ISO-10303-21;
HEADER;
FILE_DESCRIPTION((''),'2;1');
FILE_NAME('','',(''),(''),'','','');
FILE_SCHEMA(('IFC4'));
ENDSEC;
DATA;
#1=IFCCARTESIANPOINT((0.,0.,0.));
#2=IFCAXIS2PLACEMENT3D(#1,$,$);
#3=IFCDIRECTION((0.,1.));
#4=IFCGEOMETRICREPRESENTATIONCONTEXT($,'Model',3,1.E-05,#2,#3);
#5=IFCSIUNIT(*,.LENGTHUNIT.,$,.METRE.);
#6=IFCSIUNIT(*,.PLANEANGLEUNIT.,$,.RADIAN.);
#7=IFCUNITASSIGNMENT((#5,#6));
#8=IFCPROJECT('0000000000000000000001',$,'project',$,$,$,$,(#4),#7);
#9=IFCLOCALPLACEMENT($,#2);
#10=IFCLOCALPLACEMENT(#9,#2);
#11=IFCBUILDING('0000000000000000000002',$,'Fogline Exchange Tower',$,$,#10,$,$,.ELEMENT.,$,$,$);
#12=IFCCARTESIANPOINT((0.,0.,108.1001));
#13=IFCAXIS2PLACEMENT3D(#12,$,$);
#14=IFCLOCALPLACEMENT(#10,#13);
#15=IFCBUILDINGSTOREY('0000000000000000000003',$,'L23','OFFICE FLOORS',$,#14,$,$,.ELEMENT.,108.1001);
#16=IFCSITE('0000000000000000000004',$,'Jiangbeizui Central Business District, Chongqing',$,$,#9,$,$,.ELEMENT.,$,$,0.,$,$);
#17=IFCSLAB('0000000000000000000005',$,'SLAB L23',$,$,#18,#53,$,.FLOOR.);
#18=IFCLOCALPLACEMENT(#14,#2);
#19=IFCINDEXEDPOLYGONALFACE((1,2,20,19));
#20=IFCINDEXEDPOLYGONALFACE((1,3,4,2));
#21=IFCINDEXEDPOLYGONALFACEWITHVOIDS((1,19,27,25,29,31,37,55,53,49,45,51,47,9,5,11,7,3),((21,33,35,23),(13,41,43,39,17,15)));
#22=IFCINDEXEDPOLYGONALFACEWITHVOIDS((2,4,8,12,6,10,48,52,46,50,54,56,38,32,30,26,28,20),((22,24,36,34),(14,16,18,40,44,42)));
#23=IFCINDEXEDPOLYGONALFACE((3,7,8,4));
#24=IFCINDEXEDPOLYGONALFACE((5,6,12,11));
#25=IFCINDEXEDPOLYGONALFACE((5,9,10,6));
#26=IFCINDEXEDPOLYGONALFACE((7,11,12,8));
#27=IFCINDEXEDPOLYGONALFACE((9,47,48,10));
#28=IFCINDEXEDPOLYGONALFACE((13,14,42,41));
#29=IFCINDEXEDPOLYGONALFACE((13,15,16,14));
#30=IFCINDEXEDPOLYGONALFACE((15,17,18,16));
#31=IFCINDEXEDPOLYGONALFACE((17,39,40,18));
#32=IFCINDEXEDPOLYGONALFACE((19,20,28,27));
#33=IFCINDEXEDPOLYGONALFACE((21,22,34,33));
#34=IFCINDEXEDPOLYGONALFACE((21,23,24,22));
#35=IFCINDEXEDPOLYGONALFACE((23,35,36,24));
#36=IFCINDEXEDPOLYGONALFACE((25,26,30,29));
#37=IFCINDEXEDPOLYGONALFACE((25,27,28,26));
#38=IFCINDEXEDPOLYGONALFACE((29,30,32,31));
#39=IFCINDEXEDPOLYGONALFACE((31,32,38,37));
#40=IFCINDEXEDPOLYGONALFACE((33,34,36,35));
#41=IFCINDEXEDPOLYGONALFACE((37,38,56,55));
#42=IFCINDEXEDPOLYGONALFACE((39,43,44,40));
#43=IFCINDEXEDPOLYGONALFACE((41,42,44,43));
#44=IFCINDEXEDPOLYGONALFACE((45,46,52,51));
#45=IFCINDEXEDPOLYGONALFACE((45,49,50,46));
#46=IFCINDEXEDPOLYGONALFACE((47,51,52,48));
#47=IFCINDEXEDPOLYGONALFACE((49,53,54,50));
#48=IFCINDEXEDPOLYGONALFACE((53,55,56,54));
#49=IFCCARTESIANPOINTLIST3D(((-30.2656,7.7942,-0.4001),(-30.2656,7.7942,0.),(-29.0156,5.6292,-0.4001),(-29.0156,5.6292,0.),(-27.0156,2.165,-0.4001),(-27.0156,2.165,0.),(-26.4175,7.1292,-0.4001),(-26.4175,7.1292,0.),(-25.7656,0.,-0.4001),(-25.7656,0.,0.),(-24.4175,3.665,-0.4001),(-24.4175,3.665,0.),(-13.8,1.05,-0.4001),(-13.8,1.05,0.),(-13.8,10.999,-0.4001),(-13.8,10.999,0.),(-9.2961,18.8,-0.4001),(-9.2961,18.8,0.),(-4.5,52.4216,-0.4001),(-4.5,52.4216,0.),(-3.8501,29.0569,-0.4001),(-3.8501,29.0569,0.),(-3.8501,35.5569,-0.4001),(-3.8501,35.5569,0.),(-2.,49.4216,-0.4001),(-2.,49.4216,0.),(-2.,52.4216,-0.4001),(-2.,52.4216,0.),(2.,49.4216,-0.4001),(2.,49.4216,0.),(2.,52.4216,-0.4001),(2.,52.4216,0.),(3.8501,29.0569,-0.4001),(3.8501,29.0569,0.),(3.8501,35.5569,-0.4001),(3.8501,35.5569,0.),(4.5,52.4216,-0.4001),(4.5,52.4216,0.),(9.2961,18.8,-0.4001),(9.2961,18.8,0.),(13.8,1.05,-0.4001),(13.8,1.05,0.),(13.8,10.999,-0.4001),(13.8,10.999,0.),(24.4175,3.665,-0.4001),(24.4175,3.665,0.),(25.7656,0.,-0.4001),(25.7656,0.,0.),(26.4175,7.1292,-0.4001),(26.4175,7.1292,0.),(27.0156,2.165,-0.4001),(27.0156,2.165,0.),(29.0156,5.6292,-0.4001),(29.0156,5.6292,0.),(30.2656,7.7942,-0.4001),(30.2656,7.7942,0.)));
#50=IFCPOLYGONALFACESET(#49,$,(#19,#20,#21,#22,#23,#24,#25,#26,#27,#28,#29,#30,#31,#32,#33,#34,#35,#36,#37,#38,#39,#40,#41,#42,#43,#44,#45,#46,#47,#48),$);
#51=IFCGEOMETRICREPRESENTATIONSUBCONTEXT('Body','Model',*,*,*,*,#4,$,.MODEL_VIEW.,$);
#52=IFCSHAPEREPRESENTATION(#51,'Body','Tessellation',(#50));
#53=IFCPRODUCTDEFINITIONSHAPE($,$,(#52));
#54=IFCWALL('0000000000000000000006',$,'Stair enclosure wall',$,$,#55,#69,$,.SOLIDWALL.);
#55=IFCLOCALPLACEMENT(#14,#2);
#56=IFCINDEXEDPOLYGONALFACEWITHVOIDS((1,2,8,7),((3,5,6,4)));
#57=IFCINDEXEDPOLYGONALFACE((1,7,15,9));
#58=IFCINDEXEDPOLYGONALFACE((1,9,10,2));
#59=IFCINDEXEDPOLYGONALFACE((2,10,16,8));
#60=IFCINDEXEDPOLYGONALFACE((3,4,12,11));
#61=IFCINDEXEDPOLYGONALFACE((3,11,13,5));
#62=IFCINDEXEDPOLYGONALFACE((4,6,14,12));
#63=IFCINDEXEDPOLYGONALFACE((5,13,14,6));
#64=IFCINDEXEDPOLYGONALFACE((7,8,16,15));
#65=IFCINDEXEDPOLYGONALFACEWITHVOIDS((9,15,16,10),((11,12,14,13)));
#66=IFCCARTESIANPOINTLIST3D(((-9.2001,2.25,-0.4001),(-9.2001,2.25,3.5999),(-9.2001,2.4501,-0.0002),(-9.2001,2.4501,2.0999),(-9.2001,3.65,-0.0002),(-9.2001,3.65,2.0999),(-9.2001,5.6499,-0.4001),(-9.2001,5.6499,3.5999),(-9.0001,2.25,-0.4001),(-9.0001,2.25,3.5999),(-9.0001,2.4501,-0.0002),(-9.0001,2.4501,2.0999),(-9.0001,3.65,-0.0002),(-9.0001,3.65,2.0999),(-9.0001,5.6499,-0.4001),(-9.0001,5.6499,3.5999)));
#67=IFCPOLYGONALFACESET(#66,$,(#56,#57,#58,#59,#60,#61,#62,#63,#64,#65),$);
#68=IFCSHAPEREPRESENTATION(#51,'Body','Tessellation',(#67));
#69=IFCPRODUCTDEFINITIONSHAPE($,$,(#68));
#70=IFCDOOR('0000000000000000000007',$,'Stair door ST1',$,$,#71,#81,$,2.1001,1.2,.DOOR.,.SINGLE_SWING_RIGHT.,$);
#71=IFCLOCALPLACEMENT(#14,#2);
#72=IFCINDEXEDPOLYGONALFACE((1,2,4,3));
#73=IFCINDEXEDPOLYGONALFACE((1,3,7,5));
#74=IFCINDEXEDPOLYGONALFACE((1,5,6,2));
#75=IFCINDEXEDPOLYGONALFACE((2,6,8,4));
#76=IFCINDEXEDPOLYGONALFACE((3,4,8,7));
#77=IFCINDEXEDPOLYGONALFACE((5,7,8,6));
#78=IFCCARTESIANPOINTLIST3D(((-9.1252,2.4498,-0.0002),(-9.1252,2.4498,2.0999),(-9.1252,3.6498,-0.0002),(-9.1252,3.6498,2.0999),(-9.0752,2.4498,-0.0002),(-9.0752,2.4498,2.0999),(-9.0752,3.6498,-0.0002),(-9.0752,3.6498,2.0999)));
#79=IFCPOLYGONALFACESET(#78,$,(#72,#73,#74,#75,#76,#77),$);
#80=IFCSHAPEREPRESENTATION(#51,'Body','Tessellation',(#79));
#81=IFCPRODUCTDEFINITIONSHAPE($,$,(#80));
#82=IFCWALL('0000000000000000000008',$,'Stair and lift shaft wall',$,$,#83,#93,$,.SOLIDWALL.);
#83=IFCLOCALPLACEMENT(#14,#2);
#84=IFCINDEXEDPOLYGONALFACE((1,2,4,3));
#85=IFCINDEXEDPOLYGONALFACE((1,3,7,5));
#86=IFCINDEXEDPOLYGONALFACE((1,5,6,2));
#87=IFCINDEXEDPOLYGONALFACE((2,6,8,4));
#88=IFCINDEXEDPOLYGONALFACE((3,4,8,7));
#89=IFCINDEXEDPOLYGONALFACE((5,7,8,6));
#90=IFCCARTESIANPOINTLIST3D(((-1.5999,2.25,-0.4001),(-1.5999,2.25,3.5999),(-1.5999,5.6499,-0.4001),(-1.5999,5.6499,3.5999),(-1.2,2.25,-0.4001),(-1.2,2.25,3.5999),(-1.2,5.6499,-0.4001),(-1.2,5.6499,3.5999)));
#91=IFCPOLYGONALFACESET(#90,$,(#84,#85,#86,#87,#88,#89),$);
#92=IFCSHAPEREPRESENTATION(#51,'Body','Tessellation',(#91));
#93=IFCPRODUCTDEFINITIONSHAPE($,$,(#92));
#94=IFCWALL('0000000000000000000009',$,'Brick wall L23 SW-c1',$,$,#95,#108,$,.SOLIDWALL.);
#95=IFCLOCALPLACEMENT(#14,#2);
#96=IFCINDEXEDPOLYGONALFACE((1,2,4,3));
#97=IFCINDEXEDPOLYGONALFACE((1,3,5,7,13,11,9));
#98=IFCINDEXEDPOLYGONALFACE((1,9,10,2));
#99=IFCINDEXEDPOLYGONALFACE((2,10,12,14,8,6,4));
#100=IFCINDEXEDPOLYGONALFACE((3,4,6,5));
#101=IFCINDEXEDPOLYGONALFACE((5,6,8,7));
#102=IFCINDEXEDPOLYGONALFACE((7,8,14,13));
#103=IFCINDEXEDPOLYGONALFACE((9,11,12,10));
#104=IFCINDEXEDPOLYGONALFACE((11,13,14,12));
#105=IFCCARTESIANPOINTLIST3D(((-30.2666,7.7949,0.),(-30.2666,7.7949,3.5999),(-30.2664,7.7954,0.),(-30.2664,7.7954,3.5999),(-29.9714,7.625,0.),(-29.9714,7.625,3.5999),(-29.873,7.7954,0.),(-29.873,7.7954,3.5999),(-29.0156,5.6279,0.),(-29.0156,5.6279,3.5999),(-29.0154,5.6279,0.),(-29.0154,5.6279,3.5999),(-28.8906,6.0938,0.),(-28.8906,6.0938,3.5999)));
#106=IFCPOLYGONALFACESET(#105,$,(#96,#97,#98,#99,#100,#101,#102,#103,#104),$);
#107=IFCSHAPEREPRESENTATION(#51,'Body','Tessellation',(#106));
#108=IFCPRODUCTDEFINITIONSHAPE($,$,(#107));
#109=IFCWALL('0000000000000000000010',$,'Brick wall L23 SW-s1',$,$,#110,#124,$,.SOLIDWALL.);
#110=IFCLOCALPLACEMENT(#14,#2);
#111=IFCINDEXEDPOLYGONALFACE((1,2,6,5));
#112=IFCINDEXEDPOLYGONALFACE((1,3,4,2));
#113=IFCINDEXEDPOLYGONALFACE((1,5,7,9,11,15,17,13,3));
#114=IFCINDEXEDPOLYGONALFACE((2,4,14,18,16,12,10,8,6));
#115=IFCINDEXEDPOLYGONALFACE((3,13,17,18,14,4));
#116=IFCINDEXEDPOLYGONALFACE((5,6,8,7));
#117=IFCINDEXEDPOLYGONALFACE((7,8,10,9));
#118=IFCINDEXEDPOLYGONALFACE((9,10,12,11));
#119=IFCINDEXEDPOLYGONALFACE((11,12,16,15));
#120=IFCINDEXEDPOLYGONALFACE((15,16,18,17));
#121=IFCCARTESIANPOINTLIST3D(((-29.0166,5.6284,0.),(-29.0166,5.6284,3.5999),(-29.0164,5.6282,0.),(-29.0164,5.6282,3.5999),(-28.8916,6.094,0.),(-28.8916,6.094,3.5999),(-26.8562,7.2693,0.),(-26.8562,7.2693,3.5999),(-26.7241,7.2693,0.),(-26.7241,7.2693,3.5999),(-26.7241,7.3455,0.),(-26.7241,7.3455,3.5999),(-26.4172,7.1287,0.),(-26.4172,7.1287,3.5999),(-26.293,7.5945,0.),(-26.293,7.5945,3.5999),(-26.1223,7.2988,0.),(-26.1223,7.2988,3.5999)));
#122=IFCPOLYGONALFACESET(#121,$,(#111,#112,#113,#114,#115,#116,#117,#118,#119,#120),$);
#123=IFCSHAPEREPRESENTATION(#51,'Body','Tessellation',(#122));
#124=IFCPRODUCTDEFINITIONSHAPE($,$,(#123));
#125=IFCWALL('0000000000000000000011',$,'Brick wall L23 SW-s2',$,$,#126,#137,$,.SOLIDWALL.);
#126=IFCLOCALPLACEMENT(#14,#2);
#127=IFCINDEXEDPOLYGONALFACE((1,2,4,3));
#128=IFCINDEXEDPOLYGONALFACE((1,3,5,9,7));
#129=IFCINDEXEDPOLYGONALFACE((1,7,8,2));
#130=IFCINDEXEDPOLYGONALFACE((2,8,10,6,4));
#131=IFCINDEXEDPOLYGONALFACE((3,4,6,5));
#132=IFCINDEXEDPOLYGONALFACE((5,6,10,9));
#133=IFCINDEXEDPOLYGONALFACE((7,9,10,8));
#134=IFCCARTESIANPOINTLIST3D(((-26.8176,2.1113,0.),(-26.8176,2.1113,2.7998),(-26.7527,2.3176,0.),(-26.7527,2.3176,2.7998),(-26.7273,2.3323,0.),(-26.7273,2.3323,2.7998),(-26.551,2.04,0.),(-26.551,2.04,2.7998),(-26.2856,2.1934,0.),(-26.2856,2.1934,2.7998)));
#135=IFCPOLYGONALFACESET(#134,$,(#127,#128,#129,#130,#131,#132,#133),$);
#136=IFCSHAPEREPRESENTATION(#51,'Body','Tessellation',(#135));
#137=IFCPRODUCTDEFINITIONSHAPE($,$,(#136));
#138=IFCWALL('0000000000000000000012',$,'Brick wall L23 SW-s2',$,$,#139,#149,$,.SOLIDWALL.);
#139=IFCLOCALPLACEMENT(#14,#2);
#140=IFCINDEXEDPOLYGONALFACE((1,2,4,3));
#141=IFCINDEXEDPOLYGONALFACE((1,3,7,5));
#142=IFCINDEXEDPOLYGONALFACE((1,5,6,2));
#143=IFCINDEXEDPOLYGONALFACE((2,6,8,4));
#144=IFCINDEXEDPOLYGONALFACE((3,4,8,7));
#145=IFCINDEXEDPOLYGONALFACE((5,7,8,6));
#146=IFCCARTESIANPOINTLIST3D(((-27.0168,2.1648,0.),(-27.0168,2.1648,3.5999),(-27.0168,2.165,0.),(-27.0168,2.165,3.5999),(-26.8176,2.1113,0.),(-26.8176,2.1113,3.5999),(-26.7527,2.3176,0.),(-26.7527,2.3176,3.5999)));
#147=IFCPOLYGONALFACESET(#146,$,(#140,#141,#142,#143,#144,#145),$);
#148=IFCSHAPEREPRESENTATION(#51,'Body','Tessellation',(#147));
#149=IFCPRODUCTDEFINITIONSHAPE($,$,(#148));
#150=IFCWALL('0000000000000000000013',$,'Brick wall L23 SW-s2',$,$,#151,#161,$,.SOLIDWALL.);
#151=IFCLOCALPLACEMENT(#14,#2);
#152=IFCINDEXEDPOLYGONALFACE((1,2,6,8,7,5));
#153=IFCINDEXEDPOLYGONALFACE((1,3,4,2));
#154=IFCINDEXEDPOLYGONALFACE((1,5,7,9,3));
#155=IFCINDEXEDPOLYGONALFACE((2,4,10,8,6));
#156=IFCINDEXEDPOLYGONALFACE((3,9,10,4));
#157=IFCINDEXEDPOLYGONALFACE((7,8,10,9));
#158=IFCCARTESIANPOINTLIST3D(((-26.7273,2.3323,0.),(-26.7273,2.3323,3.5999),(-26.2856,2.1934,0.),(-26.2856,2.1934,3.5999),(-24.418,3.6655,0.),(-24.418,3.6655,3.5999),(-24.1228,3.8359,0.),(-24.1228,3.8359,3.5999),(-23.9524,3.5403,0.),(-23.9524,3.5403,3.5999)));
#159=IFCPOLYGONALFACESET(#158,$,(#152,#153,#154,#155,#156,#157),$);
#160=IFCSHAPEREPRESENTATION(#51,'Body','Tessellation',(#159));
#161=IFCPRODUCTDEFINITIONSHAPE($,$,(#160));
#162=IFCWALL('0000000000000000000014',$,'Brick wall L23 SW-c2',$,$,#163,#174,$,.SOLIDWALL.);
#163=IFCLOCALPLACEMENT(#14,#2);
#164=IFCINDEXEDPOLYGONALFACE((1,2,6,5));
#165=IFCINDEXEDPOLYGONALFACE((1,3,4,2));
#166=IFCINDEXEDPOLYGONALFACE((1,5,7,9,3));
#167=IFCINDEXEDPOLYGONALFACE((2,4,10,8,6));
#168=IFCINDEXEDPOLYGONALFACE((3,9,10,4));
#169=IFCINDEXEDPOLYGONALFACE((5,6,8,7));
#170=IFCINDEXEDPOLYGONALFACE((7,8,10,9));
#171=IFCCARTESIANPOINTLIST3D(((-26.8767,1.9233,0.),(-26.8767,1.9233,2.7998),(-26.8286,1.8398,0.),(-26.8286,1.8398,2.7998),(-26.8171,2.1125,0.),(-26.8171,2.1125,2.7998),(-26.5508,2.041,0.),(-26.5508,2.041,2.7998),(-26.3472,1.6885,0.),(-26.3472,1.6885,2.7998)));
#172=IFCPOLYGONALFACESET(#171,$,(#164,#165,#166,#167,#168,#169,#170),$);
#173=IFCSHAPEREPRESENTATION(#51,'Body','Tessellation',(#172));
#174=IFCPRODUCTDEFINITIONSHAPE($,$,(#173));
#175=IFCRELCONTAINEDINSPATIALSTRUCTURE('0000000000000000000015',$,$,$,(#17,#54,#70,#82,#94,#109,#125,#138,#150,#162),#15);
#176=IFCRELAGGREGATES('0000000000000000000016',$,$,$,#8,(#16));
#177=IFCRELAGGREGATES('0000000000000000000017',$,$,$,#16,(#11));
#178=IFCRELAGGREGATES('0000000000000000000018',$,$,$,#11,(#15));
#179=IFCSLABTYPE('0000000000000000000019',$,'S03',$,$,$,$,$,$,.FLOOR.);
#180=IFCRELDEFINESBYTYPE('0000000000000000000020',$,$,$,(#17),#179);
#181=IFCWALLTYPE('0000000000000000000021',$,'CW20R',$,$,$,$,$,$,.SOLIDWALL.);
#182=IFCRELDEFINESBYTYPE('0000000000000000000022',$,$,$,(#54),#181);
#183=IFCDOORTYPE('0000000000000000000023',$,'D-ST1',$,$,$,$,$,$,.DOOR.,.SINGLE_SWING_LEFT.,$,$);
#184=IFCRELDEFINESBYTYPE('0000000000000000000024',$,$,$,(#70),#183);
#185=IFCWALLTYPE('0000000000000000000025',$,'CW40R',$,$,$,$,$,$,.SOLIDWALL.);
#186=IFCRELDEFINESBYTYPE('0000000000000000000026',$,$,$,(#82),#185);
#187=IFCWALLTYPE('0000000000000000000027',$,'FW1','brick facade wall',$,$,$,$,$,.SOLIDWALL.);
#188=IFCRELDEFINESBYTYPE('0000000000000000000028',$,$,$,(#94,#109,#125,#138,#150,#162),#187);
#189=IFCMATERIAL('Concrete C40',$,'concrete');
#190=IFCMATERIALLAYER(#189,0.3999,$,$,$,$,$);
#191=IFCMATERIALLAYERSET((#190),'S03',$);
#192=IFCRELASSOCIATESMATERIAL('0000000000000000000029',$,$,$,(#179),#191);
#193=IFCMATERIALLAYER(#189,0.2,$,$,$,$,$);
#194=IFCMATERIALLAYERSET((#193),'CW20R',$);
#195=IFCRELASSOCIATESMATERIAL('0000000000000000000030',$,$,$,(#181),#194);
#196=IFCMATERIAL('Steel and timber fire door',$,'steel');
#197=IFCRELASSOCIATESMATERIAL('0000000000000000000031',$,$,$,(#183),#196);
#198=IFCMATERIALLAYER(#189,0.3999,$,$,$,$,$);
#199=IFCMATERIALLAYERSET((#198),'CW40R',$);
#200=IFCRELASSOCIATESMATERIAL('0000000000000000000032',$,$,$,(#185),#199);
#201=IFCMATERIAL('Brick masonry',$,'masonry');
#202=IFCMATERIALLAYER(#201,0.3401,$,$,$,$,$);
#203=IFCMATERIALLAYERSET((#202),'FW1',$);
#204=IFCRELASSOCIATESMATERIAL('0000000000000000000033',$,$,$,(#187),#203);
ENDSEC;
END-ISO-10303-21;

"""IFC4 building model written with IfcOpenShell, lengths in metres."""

from ifc_helpers import new_model, si_unit, direction, frame, frame_2d, origin, place, context, subcontext, project, spatial, polyline, rectangle, outline, extrude, material, layer, layer_set, type_object, element, fill, save


model = new_model("IFC4")

# Units and contexts
model_context = context("Model", 3, precision=1e-05, world=origin(), true_north=direction((0.0, 1.0)))
body_context = subcontext(model_context, "Body", "Model", "MODEL_VIEW")
ifc_project = project(units=[si_unit("LENGTHUNIT", "METRE"), si_unit("PLANEANGLEUNIT", "RADIAN")], contexts=[model_context])

# Site, building, storey
site_placement = place(None, origin())
site = spatial("IfcSite", under=ifc_project, at=site_placement, Name="Jiangbeizui Central Business District, Chongqing", CompositionType="ELEMENT", RefElevation=0.0)
building_placement = place(site_placement, origin())
building = spatial("IfcBuilding", under=site, at=building_placement, Name="Fogline Exchange Tower", CompositionType="ELEMENT")
storey_placement = place(building_placement, frame((0.0, 0.0, 108.1001)))
storey = spatial("IfcBuildingStorey", under=building, at=storey_placement, Name="L23", Description="OFFICE FLOORS", CompositionType="ELEMENT", Elevation=108.1001)

# Slab
ifc_material_1 = material(Name="Concrete C40", Category="concrete")
ifc_layer_1 = layer(ifc_material_1, 0.3999)
ifc_layer_set_1 = layer_set([ifc_layer_1], Name="S03")
slab_type = type_object("IfcSlabType", Name="S03", PredefinedType="FLOOR", material=ifc_layer_set_1)
slab_placement = place(storey_placement, frame((0.0, 0.0, -0.4001)))
element("IfcSlab", 1, at=slab_placement, inside=storey, type_object=slab_type, Name="SLAB L23", PredefinedType="FLOOR", context=body_context, shape_type="SweptSolid", body=[
    extrude(outline(polyline([(-2.0, 52.4216), (-4.5, 52.4216), (-30.2656, 7.7942), (-29.0156, 5.6292), (-26.4175, 7.1292), (-24.4175, 3.665), (-27.0156, 2.165), (-25.7656, 0.0), (25.7656, 0.0), (27.0156, 2.165), (24.4175, 3.665), (26.4175, 7.1292), (29.0156, 5.6292), (30.2656, 7.7942), (4.5, 52.4216), (2.0, 52.4216), (2.0, 49.4216), (-2.0, 49.4216), (-2.0, 52.4216)]), holes=[polyline([(13.8, 10.999), (13.8, 1.05), (-13.8, 1.05), (-13.8, 10.999), (-9.2961, 18.8), (9.2961, 18.8), (13.8, 10.999)]), polyline([(3.8501, 35.5569), (3.8501, 29.0569), (-3.8501, 29.0569), (-3.8501, 35.5569), (3.8501, 35.5569)])]), origin(), (0.0, 0.0, 1.0), 0.4001),
])

# Wall, opening, door
ifc_layer_2 = layer(ifc_material_1, 0.2)
ifc_layer_set_2 = layer_set([ifc_layer_2], Name="CW20R")
wall_type_1 = type_object("IfcWallType", Name="CW20R", PredefinedType="SOLIDWALL", material=ifc_layer_set_2)
wall_1_placement = place(storey_placement, frame((-9.1001, 2.25, -0.4001), z_axis=(0.0, 0.0, 1.0), x_axis=(0.0, 1.0, 0.0)))
wall_1 = element("IfcWall", 2, at=wall_1_placement, inside=storey, type_object=wall_type_1, Name="Stair enclosure wall", PredefinedType="SOLIDWALL", context=body_context, shape_type="SweptSolid", body=[
    extrude(rectangle(XDim=3.3999, YDim=0.2, at=frame_2d((1.7, 0.0))), origin(), (0.0, 0.0, 1.0), 4.0),
])
opening_placement = place(wall_1_placement, frame((0.2, 0.0, 0.3999)))
opening = element("IfcOpeningElement", 3, at=opening_placement, cuts=wall_1, PredefinedType="OPENING", context=body_context, shape_type="SweptSolid", body=[
    extrude(rectangle(XDim=1.2, YDim=2.1001, at=frame_2d((0.6001, 1.05))), frame((0.0, 0.1099, 0.0), z_axis=(0.0, -1.0, 0.0), x_axis=(1.0, 0.0, 0.0)), (0.0, 0.0, 1.0), 0.22),
])
ifc_material_2 = material(Name="Steel and timber fire door", Category="steel")
door_type = type_object("IfcDoorType", Name="D-ST1", OperationType="SINGLE_SWING_LEFT", PredefinedType="DOOR", material=ifc_material_2)
door_placement = place(opening_placement, frame((1.2, 0.0, 0.0), z_axis=(0.0, 0.0, 1.0), x_axis=(-1.0, 0.0, 0.0)))
door = element("IfcDoor", 4, at=door_placement, inside=storey, type_object=door_type, Name="Stair door ST1", OperationType="SINGLE_SWING_RIGHT", OverallHeight=2.1001, OverallWidth=1.2, PredefinedType="DOOR", context=body_context, shape_type="SweptSolid", body=[
    extrude(rectangle(XDim=1.2, YDim=2.1001, at=frame_2d((0.6001, 1.05))), frame((0.0, 0.0249, 0.0), z_axis=(0.0, -1.0, 0.0), x_axis=(1.0, 0.0, 0.0)), (0.0, 0.0, 1.0), 0.05),
])
fill(opening, door)

# Walls
ifc_layer_3 = layer(ifc_material_1, 0.3999)
ifc_layer_set_3 = layer_set([ifc_layer_3], Name="CW40R")
wall_type_2 = type_object("IfcWallType", Name="CW40R", PredefinedType="SOLIDWALL", material=ifc_layer_set_3)
wall_2_placement = place(storey_placement, frame((-1.3999, 2.25, -0.4001), z_axis=(0.0, 0.0, 1.0), x_axis=(0.0, 1.0, 0.0)))
element("IfcWall", 5, at=wall_2_placement, inside=storey, type_object=wall_type_2, Name="Stair and lift shaft wall", PredefinedType="SOLIDWALL", context=body_context, shape_type="SweptSolid", body=[
    extrude(rectangle(XDim=3.3999, YDim=0.3999, at=frame_2d((1.7, 0.0))), origin(), (0.0, 0.0, 1.0), 4.0),
])
ifc_material_3 = material(Name="Brick masonry", Category="masonry")
ifc_layer_4 = layer(ifc_material_3, 0.3401)
ifc_layer_set_4 = layer_set([ifc_layer_4], Name="FW1")
wall_type_3 = type_object("IfcWallType", Name="FW1", Description="brick facade wall", PredefinedType="SOLIDWALL", material=ifc_layer_set_4)
wall_3_placement = place(storey_placement, origin())
element("IfcWall", 6, at=wall_3_placement, inside=storey, type_object=wall_type_3, Name="Brick wall L23 SW-c1", PredefinedType="SOLIDWALL", context=body_context, shape_type="SweptSolid", body=[
    extrude(outline(polyline([(-29.0156, 5.6279), (-30.2666, 7.7949), (-30.2664, 7.7954), (-29.9714, 7.625), (-29.873, 7.7954), (-28.8906, 6.0938), (-29.0154, 5.6279), (-29.0156, 5.6279)])), origin(), (0.0, 0.0, 1.0), 3.5999),
])
wall_4_placement = place(storey_placement, origin())
element("IfcWall", 7, at=wall_4_placement, inside=storey, type_object=wall_type_3, Name="Brick wall L23 SW-s1", PredefinedType="SOLIDWALL", context=body_context, shape_type="SweptSolid", body=[
    extrude(outline(polyline([(-26.8562, 7.2693), (-26.7241, 7.2693), (-26.7241, 7.3455), (-26.293, 7.5945), (-26.1223, 7.2988), (-26.4172, 7.1287), (-29.0164, 5.6282), (-29.0166, 5.6284), (-28.8916, 6.094), (-26.8562, 7.2693)])), origin(), (0.0, 0.0, 1.0), 3.5999),
])
wall_5_placement = place(storey_placement, origin())
element("IfcWall", 8, at=wall_5_placement, inside=storey, type_object=wall_type_3, Name="Brick wall L23 SW-s2", PredefinedType="SOLIDWALL", context=body_context, shape_type="SweptSolid", body=[
    extrude(outline(polyline([(-26.7273, 2.3323), (-26.2856, 2.1934), (-26.551, 2.04), (-26.8176, 2.1113), (-26.7527, 2.3176), (-26.7273, 2.3323)])), origin(), (0.0, 0.0, 1.0), 2.7998),
])
wall_6_placement = place(storey_placement, origin())
element("IfcWall", 9, at=wall_6_placement, inside=storey, type_object=wall_type_3, Name="Brick wall L23 SW-s2", PredefinedType="SOLIDWALL", context=body_context, shape_type="SweptSolid", body=[
    extrude(outline(polyline([(-26.7527, 2.3176), (-26.8176, 2.1113), (-27.0168, 2.1648), (-27.0168, 2.165), (-26.7527, 2.3176)])), origin(), (0.0, 0.0, 1.0), 3.5999),
])
wall_7_placement = place(storey_placement, origin())
element("IfcWall", 10, at=wall_7_placement, inside=storey, type_object=wall_type_3, Name="Brick wall L23 SW-s2", PredefinedType="SOLIDWALL", context=body_context, shape_type="SweptSolid", body=[
    extrude(outline(polyline([(-24.418, 3.6655), (-24.1228, 3.8359), (-23.9524, 3.5403), (-26.2856, 2.1934), (-26.7273, 2.3323), (-24.418, 3.6655)])), origin(), (0.0, 0.0, 1.0), 3.5999),
])
wall_8_placement = place(storey_placement, origin())
element("IfcWall", 11, at=wall_8_placement, inside=storey, type_object=wall_type_3, Name="Brick wall L23 SW-c2", PredefinedType="SOLIDWALL", context=body_context, shape_type="SweptSolid", body=[
    extrude(outline(polyline([(-26.8767, 1.9233), (-26.8171, 2.1125), (-26.5508, 2.041), (-26.3472, 1.6885), (-26.8286, 1.8398), (-26.8767, 1.9233)])), origin(), (0.0, 0.0, 1.0), 2.7998),
])

save(model, "model.ifc")
